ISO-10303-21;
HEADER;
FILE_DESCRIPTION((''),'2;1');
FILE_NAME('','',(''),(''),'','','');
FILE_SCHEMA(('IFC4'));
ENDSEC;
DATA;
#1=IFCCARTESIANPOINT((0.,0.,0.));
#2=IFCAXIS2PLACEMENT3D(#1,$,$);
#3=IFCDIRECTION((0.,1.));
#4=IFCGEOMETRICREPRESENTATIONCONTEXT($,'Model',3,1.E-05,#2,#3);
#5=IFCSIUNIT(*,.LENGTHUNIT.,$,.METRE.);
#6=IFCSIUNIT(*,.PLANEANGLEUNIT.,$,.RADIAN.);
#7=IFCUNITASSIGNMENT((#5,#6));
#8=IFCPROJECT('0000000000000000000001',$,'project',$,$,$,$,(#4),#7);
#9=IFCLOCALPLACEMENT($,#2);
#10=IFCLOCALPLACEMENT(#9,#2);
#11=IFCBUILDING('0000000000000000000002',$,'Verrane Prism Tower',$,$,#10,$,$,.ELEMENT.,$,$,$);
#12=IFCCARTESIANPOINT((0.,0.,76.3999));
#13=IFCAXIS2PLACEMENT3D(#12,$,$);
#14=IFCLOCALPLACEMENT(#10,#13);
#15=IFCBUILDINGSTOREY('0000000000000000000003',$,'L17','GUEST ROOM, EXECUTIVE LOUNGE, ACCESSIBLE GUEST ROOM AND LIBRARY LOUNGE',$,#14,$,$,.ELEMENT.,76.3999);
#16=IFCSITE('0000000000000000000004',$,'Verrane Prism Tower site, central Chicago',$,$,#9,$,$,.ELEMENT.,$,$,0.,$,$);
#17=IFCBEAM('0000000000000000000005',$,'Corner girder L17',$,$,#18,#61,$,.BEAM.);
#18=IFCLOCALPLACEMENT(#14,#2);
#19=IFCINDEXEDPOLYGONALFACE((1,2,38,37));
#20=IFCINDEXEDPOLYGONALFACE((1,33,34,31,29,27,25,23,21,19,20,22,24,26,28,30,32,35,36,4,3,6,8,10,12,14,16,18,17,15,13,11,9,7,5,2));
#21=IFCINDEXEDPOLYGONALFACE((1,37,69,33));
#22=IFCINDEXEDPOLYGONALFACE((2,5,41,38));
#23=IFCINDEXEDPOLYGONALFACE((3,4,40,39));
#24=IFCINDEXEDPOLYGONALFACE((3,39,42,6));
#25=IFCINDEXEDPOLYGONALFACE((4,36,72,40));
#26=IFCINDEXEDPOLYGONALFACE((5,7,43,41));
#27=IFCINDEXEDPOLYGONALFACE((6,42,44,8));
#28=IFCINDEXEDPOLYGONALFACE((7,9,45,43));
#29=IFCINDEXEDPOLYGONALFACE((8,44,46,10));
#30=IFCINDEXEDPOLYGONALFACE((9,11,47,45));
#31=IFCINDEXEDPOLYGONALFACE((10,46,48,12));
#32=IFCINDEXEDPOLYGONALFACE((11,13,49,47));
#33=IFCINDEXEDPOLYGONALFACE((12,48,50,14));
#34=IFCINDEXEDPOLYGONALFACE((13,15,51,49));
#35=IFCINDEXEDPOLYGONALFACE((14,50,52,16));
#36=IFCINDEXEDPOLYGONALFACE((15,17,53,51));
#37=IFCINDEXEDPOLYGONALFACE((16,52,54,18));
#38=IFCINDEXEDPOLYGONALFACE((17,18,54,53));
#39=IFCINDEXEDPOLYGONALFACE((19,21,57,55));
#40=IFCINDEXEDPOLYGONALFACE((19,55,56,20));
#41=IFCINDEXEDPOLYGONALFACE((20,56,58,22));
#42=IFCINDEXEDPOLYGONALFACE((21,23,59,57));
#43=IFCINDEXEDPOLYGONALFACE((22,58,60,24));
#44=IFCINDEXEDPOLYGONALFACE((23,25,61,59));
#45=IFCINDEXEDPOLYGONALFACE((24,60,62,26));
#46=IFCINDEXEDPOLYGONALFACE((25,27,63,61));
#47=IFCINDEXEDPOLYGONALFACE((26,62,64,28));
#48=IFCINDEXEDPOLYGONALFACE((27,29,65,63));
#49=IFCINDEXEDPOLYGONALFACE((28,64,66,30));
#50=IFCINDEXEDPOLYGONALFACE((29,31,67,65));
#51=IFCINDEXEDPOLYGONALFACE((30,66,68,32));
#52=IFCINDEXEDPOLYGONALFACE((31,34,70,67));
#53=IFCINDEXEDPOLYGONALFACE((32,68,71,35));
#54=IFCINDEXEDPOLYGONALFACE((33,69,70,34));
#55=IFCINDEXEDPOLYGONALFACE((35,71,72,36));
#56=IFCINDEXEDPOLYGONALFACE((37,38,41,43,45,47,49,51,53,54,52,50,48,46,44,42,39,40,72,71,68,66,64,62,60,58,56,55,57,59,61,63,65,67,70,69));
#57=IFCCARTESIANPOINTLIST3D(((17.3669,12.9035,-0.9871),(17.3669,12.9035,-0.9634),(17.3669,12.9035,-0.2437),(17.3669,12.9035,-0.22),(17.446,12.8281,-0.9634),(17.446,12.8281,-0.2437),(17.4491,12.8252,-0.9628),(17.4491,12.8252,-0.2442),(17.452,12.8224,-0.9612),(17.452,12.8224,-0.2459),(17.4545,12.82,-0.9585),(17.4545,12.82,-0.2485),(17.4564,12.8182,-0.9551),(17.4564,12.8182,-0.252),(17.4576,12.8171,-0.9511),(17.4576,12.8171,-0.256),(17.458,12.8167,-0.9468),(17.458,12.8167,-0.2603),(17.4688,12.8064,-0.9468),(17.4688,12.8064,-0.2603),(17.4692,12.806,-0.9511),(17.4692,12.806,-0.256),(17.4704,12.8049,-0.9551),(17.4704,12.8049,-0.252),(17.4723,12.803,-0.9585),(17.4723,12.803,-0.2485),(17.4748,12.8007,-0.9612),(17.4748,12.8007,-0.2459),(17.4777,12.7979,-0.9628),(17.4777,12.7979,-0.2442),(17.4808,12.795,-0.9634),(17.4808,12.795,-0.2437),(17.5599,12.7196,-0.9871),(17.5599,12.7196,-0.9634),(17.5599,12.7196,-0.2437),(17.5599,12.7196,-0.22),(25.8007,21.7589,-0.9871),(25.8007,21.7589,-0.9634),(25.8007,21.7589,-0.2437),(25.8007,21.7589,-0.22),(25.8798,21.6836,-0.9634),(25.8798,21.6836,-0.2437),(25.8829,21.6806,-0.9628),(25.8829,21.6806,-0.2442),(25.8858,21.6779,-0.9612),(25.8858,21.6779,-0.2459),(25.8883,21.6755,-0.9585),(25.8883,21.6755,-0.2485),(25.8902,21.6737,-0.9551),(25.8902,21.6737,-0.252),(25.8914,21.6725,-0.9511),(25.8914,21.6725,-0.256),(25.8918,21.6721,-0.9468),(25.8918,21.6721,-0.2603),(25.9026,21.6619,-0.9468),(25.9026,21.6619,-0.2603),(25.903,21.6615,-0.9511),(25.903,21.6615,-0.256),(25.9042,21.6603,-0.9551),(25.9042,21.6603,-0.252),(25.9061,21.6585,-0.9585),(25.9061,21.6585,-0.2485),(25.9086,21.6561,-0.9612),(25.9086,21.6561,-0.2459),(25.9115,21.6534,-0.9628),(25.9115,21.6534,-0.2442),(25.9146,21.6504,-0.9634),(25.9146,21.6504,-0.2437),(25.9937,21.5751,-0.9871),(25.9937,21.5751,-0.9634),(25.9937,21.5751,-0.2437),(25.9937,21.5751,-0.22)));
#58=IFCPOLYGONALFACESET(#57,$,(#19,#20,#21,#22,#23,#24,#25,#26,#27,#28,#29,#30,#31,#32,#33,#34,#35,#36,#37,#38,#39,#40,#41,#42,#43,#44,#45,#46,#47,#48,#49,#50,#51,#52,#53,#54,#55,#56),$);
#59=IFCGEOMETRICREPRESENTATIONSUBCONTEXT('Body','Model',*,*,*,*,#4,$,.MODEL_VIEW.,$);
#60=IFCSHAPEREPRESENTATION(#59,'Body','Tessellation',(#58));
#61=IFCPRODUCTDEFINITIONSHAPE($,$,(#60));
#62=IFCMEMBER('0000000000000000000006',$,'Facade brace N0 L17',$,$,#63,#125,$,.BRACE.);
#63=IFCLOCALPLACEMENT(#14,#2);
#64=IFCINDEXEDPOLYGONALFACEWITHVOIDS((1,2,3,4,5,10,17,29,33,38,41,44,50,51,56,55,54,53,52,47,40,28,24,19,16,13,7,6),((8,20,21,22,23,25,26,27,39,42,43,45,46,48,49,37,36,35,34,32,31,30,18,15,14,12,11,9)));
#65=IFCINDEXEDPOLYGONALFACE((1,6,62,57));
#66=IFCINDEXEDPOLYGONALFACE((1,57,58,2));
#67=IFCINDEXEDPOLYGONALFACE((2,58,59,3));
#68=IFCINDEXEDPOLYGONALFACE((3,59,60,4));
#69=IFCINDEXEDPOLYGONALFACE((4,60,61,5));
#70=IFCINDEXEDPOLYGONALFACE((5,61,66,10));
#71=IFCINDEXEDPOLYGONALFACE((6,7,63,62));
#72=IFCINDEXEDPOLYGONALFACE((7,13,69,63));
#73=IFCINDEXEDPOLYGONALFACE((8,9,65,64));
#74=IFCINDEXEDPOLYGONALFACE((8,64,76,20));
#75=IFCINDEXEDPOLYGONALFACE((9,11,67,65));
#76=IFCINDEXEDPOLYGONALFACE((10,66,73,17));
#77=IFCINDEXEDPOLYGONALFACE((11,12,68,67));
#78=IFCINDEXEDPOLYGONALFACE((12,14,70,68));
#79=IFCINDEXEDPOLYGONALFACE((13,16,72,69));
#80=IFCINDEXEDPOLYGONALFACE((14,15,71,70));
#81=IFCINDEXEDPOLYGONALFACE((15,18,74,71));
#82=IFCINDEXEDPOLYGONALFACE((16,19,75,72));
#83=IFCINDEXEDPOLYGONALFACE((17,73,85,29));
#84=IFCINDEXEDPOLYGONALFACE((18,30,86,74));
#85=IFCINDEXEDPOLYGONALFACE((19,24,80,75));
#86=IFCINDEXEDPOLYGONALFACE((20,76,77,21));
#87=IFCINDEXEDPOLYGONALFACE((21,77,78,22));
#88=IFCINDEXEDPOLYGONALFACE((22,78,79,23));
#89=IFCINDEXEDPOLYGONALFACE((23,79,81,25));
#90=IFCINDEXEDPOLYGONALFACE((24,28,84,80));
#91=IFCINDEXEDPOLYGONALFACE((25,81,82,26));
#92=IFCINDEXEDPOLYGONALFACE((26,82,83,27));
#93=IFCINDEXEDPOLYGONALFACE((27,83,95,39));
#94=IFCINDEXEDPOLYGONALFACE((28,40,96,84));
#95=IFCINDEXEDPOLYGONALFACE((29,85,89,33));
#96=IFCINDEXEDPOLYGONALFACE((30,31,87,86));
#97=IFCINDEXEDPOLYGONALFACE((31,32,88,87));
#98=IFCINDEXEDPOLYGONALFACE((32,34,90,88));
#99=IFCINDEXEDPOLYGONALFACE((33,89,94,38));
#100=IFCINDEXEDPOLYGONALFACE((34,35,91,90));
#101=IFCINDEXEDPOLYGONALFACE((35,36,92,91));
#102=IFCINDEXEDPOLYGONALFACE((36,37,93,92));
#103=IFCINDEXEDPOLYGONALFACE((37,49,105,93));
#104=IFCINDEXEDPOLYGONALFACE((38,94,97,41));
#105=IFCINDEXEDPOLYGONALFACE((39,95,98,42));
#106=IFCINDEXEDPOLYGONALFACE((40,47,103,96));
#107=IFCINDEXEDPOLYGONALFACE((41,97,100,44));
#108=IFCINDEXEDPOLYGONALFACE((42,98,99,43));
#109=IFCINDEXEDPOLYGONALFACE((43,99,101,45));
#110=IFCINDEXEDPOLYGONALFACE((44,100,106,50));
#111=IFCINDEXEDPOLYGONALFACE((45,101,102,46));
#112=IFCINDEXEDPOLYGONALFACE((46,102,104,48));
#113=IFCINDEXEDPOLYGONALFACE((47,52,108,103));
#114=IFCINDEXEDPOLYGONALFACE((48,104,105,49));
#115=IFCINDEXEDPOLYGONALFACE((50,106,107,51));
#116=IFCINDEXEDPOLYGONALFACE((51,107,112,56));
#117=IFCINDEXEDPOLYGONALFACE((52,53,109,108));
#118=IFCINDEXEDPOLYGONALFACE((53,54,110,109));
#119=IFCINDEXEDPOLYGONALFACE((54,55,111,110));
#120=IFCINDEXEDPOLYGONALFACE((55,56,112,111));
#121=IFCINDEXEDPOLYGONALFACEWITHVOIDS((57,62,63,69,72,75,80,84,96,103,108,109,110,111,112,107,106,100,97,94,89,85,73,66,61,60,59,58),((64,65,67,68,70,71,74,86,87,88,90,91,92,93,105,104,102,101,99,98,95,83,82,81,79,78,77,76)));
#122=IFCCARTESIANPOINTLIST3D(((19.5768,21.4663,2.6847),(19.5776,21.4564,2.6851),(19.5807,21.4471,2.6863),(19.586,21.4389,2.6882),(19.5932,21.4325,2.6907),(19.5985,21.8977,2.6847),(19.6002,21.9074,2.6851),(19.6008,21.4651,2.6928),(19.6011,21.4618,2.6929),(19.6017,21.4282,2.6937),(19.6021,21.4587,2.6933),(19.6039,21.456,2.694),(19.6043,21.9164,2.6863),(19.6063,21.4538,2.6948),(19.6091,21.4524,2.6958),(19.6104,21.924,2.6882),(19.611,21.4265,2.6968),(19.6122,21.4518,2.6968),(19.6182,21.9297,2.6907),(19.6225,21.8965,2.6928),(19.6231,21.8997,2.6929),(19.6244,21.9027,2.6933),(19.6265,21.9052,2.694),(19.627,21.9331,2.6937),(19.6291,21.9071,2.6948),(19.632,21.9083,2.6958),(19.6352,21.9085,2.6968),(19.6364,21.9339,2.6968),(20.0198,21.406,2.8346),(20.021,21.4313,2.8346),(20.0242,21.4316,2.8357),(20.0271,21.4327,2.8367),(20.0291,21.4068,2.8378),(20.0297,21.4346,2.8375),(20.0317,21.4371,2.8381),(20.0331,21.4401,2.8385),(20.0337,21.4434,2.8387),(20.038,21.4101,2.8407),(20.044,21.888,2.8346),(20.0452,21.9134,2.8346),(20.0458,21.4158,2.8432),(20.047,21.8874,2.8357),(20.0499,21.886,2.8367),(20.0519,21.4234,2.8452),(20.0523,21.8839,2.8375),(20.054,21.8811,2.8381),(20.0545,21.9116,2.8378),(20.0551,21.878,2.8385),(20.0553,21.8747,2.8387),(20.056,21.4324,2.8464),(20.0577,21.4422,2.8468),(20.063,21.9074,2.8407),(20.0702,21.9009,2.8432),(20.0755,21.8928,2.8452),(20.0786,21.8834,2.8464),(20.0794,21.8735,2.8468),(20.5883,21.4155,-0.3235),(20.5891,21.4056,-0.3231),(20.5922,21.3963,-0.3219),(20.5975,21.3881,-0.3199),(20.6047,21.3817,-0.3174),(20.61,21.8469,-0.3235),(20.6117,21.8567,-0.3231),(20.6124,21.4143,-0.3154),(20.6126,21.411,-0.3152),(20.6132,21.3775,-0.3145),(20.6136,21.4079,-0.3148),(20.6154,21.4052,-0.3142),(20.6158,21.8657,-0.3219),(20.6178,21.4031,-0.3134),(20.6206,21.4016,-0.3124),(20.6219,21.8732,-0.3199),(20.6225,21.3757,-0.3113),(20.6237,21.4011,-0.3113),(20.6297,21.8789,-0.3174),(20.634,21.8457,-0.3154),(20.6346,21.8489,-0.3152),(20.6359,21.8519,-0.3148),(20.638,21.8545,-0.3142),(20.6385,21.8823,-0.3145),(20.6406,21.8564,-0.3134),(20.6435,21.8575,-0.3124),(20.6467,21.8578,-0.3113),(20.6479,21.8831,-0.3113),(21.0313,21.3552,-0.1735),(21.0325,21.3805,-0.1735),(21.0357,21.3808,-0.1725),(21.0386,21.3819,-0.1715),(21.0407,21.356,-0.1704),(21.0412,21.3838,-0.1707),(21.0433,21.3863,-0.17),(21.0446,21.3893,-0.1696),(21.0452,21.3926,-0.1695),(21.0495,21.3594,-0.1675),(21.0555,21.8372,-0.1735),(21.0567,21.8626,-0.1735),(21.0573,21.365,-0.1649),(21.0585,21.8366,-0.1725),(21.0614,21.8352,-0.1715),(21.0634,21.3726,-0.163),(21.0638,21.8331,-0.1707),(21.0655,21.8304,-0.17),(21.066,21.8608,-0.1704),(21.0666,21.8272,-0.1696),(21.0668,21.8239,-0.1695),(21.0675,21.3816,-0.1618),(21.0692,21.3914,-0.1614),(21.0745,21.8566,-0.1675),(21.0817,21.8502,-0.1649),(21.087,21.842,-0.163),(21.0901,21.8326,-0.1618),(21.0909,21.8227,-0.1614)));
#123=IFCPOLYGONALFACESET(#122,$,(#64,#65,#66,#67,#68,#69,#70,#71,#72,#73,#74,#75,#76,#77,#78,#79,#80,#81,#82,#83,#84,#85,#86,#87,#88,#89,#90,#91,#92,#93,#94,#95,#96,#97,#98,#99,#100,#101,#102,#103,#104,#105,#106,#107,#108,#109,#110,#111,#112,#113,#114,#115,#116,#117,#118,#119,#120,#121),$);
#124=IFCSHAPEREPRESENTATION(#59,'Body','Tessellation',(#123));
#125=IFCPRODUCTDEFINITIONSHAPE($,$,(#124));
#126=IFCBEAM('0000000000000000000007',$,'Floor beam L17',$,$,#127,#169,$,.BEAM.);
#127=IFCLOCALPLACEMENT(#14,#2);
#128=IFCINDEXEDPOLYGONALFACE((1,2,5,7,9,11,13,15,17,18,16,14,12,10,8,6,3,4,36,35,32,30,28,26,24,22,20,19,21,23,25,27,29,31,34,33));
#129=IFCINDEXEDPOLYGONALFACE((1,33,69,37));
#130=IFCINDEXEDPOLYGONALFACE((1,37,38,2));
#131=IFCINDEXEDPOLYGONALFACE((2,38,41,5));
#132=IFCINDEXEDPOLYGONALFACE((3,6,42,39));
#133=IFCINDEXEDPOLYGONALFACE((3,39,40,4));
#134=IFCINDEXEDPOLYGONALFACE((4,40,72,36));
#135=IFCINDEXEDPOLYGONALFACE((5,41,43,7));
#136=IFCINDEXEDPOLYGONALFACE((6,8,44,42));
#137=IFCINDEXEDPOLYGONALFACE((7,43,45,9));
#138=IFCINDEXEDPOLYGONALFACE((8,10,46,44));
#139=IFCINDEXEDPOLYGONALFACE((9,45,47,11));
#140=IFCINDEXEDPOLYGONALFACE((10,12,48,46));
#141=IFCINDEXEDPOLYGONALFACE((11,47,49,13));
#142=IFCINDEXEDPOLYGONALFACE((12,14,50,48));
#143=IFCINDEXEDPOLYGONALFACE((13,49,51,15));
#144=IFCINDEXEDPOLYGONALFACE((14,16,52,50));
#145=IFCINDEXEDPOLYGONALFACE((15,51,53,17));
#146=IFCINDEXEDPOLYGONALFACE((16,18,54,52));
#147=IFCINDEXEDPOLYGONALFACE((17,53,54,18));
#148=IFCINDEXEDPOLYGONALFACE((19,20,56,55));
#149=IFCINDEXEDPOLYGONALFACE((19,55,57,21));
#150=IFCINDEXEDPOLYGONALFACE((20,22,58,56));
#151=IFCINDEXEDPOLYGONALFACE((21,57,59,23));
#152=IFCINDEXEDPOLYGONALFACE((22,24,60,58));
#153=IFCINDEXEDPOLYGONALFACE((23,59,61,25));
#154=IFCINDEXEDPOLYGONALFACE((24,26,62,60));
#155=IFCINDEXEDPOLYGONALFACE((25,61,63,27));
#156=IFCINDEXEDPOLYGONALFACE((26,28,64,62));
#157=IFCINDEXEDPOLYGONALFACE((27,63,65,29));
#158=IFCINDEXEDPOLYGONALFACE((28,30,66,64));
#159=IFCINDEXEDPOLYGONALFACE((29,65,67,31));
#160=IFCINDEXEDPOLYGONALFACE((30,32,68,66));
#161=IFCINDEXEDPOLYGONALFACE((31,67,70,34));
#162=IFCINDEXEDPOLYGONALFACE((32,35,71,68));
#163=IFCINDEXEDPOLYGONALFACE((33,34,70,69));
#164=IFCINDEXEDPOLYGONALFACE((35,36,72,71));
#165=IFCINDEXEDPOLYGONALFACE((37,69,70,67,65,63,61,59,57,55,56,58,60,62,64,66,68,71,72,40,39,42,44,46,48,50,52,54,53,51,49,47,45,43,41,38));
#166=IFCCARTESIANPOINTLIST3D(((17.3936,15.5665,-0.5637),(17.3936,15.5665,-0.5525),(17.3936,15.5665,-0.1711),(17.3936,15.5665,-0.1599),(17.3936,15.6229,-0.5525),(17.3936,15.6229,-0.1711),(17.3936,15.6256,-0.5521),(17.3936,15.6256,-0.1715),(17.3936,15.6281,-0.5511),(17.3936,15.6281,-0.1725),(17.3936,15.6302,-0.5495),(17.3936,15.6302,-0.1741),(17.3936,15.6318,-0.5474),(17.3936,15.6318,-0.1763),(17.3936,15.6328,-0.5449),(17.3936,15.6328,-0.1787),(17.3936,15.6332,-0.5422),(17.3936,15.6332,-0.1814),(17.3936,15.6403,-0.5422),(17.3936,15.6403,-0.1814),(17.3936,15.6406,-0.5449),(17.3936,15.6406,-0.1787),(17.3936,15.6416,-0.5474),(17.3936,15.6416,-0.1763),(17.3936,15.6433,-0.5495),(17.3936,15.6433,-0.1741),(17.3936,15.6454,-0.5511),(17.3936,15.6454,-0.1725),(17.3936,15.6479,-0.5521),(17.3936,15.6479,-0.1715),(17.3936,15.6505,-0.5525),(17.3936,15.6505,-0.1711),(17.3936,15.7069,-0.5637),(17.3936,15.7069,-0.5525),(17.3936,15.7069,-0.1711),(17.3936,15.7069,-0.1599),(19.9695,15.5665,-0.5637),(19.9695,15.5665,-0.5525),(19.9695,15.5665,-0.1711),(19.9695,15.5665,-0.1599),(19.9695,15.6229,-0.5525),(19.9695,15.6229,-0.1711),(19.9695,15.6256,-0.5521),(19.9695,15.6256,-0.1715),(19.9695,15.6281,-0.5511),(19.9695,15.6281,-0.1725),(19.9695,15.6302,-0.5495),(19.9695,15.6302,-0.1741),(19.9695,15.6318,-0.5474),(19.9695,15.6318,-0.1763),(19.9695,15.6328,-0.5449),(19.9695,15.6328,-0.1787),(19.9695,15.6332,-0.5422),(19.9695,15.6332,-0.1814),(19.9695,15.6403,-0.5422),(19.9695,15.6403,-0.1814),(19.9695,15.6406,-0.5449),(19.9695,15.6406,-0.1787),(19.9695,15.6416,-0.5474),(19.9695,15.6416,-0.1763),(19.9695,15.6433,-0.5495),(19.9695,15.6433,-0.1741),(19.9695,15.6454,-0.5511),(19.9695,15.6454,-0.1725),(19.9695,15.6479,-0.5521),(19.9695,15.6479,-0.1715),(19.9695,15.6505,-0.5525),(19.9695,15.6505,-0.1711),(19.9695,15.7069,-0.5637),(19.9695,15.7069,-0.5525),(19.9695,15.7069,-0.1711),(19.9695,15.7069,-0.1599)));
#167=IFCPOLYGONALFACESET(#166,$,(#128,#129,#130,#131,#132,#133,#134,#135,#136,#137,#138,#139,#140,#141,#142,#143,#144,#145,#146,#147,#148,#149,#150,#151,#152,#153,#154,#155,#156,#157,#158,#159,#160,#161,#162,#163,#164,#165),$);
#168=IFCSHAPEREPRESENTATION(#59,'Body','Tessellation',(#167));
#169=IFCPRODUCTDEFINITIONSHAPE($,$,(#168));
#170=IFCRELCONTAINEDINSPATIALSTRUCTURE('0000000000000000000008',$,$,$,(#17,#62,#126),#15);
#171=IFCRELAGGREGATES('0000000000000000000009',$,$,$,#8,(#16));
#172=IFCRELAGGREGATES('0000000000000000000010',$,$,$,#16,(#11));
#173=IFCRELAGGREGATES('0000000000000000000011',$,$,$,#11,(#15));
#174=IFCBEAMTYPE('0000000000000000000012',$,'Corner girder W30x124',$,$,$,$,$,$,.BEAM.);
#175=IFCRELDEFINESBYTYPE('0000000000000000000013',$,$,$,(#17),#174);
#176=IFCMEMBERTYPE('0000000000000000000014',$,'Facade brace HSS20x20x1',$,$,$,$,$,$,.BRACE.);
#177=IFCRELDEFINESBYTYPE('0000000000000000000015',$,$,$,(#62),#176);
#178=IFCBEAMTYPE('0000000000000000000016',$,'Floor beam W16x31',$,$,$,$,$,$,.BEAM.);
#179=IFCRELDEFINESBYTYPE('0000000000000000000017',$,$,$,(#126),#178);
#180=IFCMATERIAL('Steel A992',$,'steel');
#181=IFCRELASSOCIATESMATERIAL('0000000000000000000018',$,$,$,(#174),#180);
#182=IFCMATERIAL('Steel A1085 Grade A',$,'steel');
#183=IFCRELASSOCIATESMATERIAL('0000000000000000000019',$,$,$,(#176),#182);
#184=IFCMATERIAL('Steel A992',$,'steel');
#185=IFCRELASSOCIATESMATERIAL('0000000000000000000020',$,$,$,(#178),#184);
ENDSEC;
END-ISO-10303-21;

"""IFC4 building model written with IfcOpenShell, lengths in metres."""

from ifc_helpers import new_model, si_unit, direction, frame, origin, origin_2d, place, context, subcontext, project, spatial, hollow_rectangle, i_section, extrude, material, material_profile, profile_set, type_object, element, save


model = new_model("IFC4")

# Units and contexts
model_context = context("Model", 3, precision=1e-05, world=origin(), true_north=direction((0.0, 1.0)))
body_context = subcontext(model_context, "Body", "Model", "MODEL_VIEW")
ifc_project = project(units=[si_unit("LENGTHUNIT", "METRE"), si_unit("PLANEANGLEUNIT", "RADIAN")], contexts=[model_context])

# Site, building, storey
site_placement = place(None, origin())
site = spatial("IfcSite", under=ifc_project, at=site_placement, Name="Verrane Prism Tower site, central Chicago", CompositionType="ELEMENT", RefElevation=0.0)
building_placement = place(site_placement, origin())
building = spatial("IfcBuilding", under=site, at=building_placement, Name="Verrane Prism Tower", CompositionType="ELEMENT")
storey_placement = place(building_placement, frame((0.0, 0.0, 76.3999)))
storey = spatial("IfcBuildingStorey", under=building, at=storey_placement, Name="L17", Description="GUEST ROOM, EXECUTIVE LOUNGE, ACCESSIBLE GUEST ROOM AND LIBRARY LOUNGE", CompositionType="ELEMENT", Elevation=76.3999)

# Beam
ifc_material_1 = material(Name="Steel A992", Category="steel")
ifc_material_profile_1 = material_profile(ifc_material_1, i_section(OverallWidth=0.2666, OverallDepth=0.7671, WebThickness=0.0149, FlangeThickness=0.0237, FilletRadius=0.0166, at=origin_2d()), Name="W30x124")
ifc_profile_set_1 = profile_set([ifc_material_profile_1], Name="Steel A992")
beam_type_1 = type_object("IfcBeamType", Name="Corner girder W30x124", PredefinedType="BEAM", material=ifc_profile_set_1)
beam_1_placement = place(storey_placement, frame((25.8972, 21.667, -0.6035), z_axis=(-0.689658, -0.724136, 0.0), x_axis=(0.724136, -0.689658, 0.0)))
element("IfcBeam", 1, at=beam_1_placement, inside=storey, type_object=beam_type_1, Name="Corner girder L17", PredefinedType="BEAM", context=body_context, shape_type="SweptSolid", body=[
    extrude(i_section(OverallWidth=0.2666, OverallDepth=0.7671, WebThickness=0.0149, FlangeThickness=0.0237, FilletRadius=0.0166, at=origin_2d()), origin(), (0.0, 0.0, 1.0), 12.229),
])

# Member
ifc_material_2 = material(Name="Steel A1085 Grade A", Category="steel")
ifc_material_profile_2 = material_profile(ifc_material_2, hollow_rectangle(XDim=0.5081, YDim=0.5081, WallThickness=0.0254, InnerFilletRadius=0.0127, OuterFilletRadius=0.0381, at=origin_2d()), Name="HSS20x20x1")
ifc_profile_set_2 = profile_set([ifc_material_profile_2], Name="Steel A1085 Grade A")
member_type_1 = type_object("IfcMemberType", Name="Facade brace HSS20x20x1", PredefinedType="BRACE", material=ifc_profile_set_2)
member_1_placement = place(storey_placement, frame((20.8396, 21.6191, -0.2424), z_axis=(-0.318678, 0.015999, 0.947728), x_axis=(-0.050142, -0.998742, 0.0)))
element("IfcMember", 2, at=member_1_placement, inside=storey, type_object=member_type_1, Name="Facade brace N0 L17", PredefinedType="BRACE", context=body_context, shape_type="SweptSolid", body=[
    extrude(hollow_rectangle(XDim=0.5081, YDim=0.5081, WallThickness=0.0254, InnerFilletRadius=0.0127, OuterFilletRadius=0.0381, at=origin_2d()), origin(), (0.0, 0.0, 1.0), 3.1741),
])

# Beam
ifc_material_3 = material(Name="Steel A992", Category="steel")
ifc_material_profile_3 = material_profile(ifc_material_3, i_section(OverallWidth=0.1404, OverallDepth=0.4038, WebThickness=0.0071, FlangeThickness=0.0112, FilletRadius=0.0103, at=origin_2d()), Name="W16x31")
ifc_profile_set_3 = profile_set([ifc_material_profile_3], Name="Steel A992")
beam_type_2 = type_object("IfcBeamType", Name="Floor beam W16x31", PredefinedType="BEAM", material=ifc_profile_set_3)
beam_2_placement = place(storey_placement, frame((17.3936, 15.6367, -0.3618), z_axis=(1.0, 0.0, 0.0), x_axis=(0.0, 1.0, 0.0)))
element("IfcBeam", 3, at=beam_2_placement, inside=storey, type_object=beam_type_2, Name="Floor beam L17", PredefinedType="BEAM", context=body_context, shape_type="SweptSolid", body=[
    extrude(i_section(OverallWidth=0.1404, OverallDepth=0.4038, WebThickness=0.0071, FlangeThickness=0.0112, FilletRadius=0.0103, at=origin_2d()), origin(), (0.0, 0.0, 1.0), 2.5759),
])

save(model, "model.ifc")
